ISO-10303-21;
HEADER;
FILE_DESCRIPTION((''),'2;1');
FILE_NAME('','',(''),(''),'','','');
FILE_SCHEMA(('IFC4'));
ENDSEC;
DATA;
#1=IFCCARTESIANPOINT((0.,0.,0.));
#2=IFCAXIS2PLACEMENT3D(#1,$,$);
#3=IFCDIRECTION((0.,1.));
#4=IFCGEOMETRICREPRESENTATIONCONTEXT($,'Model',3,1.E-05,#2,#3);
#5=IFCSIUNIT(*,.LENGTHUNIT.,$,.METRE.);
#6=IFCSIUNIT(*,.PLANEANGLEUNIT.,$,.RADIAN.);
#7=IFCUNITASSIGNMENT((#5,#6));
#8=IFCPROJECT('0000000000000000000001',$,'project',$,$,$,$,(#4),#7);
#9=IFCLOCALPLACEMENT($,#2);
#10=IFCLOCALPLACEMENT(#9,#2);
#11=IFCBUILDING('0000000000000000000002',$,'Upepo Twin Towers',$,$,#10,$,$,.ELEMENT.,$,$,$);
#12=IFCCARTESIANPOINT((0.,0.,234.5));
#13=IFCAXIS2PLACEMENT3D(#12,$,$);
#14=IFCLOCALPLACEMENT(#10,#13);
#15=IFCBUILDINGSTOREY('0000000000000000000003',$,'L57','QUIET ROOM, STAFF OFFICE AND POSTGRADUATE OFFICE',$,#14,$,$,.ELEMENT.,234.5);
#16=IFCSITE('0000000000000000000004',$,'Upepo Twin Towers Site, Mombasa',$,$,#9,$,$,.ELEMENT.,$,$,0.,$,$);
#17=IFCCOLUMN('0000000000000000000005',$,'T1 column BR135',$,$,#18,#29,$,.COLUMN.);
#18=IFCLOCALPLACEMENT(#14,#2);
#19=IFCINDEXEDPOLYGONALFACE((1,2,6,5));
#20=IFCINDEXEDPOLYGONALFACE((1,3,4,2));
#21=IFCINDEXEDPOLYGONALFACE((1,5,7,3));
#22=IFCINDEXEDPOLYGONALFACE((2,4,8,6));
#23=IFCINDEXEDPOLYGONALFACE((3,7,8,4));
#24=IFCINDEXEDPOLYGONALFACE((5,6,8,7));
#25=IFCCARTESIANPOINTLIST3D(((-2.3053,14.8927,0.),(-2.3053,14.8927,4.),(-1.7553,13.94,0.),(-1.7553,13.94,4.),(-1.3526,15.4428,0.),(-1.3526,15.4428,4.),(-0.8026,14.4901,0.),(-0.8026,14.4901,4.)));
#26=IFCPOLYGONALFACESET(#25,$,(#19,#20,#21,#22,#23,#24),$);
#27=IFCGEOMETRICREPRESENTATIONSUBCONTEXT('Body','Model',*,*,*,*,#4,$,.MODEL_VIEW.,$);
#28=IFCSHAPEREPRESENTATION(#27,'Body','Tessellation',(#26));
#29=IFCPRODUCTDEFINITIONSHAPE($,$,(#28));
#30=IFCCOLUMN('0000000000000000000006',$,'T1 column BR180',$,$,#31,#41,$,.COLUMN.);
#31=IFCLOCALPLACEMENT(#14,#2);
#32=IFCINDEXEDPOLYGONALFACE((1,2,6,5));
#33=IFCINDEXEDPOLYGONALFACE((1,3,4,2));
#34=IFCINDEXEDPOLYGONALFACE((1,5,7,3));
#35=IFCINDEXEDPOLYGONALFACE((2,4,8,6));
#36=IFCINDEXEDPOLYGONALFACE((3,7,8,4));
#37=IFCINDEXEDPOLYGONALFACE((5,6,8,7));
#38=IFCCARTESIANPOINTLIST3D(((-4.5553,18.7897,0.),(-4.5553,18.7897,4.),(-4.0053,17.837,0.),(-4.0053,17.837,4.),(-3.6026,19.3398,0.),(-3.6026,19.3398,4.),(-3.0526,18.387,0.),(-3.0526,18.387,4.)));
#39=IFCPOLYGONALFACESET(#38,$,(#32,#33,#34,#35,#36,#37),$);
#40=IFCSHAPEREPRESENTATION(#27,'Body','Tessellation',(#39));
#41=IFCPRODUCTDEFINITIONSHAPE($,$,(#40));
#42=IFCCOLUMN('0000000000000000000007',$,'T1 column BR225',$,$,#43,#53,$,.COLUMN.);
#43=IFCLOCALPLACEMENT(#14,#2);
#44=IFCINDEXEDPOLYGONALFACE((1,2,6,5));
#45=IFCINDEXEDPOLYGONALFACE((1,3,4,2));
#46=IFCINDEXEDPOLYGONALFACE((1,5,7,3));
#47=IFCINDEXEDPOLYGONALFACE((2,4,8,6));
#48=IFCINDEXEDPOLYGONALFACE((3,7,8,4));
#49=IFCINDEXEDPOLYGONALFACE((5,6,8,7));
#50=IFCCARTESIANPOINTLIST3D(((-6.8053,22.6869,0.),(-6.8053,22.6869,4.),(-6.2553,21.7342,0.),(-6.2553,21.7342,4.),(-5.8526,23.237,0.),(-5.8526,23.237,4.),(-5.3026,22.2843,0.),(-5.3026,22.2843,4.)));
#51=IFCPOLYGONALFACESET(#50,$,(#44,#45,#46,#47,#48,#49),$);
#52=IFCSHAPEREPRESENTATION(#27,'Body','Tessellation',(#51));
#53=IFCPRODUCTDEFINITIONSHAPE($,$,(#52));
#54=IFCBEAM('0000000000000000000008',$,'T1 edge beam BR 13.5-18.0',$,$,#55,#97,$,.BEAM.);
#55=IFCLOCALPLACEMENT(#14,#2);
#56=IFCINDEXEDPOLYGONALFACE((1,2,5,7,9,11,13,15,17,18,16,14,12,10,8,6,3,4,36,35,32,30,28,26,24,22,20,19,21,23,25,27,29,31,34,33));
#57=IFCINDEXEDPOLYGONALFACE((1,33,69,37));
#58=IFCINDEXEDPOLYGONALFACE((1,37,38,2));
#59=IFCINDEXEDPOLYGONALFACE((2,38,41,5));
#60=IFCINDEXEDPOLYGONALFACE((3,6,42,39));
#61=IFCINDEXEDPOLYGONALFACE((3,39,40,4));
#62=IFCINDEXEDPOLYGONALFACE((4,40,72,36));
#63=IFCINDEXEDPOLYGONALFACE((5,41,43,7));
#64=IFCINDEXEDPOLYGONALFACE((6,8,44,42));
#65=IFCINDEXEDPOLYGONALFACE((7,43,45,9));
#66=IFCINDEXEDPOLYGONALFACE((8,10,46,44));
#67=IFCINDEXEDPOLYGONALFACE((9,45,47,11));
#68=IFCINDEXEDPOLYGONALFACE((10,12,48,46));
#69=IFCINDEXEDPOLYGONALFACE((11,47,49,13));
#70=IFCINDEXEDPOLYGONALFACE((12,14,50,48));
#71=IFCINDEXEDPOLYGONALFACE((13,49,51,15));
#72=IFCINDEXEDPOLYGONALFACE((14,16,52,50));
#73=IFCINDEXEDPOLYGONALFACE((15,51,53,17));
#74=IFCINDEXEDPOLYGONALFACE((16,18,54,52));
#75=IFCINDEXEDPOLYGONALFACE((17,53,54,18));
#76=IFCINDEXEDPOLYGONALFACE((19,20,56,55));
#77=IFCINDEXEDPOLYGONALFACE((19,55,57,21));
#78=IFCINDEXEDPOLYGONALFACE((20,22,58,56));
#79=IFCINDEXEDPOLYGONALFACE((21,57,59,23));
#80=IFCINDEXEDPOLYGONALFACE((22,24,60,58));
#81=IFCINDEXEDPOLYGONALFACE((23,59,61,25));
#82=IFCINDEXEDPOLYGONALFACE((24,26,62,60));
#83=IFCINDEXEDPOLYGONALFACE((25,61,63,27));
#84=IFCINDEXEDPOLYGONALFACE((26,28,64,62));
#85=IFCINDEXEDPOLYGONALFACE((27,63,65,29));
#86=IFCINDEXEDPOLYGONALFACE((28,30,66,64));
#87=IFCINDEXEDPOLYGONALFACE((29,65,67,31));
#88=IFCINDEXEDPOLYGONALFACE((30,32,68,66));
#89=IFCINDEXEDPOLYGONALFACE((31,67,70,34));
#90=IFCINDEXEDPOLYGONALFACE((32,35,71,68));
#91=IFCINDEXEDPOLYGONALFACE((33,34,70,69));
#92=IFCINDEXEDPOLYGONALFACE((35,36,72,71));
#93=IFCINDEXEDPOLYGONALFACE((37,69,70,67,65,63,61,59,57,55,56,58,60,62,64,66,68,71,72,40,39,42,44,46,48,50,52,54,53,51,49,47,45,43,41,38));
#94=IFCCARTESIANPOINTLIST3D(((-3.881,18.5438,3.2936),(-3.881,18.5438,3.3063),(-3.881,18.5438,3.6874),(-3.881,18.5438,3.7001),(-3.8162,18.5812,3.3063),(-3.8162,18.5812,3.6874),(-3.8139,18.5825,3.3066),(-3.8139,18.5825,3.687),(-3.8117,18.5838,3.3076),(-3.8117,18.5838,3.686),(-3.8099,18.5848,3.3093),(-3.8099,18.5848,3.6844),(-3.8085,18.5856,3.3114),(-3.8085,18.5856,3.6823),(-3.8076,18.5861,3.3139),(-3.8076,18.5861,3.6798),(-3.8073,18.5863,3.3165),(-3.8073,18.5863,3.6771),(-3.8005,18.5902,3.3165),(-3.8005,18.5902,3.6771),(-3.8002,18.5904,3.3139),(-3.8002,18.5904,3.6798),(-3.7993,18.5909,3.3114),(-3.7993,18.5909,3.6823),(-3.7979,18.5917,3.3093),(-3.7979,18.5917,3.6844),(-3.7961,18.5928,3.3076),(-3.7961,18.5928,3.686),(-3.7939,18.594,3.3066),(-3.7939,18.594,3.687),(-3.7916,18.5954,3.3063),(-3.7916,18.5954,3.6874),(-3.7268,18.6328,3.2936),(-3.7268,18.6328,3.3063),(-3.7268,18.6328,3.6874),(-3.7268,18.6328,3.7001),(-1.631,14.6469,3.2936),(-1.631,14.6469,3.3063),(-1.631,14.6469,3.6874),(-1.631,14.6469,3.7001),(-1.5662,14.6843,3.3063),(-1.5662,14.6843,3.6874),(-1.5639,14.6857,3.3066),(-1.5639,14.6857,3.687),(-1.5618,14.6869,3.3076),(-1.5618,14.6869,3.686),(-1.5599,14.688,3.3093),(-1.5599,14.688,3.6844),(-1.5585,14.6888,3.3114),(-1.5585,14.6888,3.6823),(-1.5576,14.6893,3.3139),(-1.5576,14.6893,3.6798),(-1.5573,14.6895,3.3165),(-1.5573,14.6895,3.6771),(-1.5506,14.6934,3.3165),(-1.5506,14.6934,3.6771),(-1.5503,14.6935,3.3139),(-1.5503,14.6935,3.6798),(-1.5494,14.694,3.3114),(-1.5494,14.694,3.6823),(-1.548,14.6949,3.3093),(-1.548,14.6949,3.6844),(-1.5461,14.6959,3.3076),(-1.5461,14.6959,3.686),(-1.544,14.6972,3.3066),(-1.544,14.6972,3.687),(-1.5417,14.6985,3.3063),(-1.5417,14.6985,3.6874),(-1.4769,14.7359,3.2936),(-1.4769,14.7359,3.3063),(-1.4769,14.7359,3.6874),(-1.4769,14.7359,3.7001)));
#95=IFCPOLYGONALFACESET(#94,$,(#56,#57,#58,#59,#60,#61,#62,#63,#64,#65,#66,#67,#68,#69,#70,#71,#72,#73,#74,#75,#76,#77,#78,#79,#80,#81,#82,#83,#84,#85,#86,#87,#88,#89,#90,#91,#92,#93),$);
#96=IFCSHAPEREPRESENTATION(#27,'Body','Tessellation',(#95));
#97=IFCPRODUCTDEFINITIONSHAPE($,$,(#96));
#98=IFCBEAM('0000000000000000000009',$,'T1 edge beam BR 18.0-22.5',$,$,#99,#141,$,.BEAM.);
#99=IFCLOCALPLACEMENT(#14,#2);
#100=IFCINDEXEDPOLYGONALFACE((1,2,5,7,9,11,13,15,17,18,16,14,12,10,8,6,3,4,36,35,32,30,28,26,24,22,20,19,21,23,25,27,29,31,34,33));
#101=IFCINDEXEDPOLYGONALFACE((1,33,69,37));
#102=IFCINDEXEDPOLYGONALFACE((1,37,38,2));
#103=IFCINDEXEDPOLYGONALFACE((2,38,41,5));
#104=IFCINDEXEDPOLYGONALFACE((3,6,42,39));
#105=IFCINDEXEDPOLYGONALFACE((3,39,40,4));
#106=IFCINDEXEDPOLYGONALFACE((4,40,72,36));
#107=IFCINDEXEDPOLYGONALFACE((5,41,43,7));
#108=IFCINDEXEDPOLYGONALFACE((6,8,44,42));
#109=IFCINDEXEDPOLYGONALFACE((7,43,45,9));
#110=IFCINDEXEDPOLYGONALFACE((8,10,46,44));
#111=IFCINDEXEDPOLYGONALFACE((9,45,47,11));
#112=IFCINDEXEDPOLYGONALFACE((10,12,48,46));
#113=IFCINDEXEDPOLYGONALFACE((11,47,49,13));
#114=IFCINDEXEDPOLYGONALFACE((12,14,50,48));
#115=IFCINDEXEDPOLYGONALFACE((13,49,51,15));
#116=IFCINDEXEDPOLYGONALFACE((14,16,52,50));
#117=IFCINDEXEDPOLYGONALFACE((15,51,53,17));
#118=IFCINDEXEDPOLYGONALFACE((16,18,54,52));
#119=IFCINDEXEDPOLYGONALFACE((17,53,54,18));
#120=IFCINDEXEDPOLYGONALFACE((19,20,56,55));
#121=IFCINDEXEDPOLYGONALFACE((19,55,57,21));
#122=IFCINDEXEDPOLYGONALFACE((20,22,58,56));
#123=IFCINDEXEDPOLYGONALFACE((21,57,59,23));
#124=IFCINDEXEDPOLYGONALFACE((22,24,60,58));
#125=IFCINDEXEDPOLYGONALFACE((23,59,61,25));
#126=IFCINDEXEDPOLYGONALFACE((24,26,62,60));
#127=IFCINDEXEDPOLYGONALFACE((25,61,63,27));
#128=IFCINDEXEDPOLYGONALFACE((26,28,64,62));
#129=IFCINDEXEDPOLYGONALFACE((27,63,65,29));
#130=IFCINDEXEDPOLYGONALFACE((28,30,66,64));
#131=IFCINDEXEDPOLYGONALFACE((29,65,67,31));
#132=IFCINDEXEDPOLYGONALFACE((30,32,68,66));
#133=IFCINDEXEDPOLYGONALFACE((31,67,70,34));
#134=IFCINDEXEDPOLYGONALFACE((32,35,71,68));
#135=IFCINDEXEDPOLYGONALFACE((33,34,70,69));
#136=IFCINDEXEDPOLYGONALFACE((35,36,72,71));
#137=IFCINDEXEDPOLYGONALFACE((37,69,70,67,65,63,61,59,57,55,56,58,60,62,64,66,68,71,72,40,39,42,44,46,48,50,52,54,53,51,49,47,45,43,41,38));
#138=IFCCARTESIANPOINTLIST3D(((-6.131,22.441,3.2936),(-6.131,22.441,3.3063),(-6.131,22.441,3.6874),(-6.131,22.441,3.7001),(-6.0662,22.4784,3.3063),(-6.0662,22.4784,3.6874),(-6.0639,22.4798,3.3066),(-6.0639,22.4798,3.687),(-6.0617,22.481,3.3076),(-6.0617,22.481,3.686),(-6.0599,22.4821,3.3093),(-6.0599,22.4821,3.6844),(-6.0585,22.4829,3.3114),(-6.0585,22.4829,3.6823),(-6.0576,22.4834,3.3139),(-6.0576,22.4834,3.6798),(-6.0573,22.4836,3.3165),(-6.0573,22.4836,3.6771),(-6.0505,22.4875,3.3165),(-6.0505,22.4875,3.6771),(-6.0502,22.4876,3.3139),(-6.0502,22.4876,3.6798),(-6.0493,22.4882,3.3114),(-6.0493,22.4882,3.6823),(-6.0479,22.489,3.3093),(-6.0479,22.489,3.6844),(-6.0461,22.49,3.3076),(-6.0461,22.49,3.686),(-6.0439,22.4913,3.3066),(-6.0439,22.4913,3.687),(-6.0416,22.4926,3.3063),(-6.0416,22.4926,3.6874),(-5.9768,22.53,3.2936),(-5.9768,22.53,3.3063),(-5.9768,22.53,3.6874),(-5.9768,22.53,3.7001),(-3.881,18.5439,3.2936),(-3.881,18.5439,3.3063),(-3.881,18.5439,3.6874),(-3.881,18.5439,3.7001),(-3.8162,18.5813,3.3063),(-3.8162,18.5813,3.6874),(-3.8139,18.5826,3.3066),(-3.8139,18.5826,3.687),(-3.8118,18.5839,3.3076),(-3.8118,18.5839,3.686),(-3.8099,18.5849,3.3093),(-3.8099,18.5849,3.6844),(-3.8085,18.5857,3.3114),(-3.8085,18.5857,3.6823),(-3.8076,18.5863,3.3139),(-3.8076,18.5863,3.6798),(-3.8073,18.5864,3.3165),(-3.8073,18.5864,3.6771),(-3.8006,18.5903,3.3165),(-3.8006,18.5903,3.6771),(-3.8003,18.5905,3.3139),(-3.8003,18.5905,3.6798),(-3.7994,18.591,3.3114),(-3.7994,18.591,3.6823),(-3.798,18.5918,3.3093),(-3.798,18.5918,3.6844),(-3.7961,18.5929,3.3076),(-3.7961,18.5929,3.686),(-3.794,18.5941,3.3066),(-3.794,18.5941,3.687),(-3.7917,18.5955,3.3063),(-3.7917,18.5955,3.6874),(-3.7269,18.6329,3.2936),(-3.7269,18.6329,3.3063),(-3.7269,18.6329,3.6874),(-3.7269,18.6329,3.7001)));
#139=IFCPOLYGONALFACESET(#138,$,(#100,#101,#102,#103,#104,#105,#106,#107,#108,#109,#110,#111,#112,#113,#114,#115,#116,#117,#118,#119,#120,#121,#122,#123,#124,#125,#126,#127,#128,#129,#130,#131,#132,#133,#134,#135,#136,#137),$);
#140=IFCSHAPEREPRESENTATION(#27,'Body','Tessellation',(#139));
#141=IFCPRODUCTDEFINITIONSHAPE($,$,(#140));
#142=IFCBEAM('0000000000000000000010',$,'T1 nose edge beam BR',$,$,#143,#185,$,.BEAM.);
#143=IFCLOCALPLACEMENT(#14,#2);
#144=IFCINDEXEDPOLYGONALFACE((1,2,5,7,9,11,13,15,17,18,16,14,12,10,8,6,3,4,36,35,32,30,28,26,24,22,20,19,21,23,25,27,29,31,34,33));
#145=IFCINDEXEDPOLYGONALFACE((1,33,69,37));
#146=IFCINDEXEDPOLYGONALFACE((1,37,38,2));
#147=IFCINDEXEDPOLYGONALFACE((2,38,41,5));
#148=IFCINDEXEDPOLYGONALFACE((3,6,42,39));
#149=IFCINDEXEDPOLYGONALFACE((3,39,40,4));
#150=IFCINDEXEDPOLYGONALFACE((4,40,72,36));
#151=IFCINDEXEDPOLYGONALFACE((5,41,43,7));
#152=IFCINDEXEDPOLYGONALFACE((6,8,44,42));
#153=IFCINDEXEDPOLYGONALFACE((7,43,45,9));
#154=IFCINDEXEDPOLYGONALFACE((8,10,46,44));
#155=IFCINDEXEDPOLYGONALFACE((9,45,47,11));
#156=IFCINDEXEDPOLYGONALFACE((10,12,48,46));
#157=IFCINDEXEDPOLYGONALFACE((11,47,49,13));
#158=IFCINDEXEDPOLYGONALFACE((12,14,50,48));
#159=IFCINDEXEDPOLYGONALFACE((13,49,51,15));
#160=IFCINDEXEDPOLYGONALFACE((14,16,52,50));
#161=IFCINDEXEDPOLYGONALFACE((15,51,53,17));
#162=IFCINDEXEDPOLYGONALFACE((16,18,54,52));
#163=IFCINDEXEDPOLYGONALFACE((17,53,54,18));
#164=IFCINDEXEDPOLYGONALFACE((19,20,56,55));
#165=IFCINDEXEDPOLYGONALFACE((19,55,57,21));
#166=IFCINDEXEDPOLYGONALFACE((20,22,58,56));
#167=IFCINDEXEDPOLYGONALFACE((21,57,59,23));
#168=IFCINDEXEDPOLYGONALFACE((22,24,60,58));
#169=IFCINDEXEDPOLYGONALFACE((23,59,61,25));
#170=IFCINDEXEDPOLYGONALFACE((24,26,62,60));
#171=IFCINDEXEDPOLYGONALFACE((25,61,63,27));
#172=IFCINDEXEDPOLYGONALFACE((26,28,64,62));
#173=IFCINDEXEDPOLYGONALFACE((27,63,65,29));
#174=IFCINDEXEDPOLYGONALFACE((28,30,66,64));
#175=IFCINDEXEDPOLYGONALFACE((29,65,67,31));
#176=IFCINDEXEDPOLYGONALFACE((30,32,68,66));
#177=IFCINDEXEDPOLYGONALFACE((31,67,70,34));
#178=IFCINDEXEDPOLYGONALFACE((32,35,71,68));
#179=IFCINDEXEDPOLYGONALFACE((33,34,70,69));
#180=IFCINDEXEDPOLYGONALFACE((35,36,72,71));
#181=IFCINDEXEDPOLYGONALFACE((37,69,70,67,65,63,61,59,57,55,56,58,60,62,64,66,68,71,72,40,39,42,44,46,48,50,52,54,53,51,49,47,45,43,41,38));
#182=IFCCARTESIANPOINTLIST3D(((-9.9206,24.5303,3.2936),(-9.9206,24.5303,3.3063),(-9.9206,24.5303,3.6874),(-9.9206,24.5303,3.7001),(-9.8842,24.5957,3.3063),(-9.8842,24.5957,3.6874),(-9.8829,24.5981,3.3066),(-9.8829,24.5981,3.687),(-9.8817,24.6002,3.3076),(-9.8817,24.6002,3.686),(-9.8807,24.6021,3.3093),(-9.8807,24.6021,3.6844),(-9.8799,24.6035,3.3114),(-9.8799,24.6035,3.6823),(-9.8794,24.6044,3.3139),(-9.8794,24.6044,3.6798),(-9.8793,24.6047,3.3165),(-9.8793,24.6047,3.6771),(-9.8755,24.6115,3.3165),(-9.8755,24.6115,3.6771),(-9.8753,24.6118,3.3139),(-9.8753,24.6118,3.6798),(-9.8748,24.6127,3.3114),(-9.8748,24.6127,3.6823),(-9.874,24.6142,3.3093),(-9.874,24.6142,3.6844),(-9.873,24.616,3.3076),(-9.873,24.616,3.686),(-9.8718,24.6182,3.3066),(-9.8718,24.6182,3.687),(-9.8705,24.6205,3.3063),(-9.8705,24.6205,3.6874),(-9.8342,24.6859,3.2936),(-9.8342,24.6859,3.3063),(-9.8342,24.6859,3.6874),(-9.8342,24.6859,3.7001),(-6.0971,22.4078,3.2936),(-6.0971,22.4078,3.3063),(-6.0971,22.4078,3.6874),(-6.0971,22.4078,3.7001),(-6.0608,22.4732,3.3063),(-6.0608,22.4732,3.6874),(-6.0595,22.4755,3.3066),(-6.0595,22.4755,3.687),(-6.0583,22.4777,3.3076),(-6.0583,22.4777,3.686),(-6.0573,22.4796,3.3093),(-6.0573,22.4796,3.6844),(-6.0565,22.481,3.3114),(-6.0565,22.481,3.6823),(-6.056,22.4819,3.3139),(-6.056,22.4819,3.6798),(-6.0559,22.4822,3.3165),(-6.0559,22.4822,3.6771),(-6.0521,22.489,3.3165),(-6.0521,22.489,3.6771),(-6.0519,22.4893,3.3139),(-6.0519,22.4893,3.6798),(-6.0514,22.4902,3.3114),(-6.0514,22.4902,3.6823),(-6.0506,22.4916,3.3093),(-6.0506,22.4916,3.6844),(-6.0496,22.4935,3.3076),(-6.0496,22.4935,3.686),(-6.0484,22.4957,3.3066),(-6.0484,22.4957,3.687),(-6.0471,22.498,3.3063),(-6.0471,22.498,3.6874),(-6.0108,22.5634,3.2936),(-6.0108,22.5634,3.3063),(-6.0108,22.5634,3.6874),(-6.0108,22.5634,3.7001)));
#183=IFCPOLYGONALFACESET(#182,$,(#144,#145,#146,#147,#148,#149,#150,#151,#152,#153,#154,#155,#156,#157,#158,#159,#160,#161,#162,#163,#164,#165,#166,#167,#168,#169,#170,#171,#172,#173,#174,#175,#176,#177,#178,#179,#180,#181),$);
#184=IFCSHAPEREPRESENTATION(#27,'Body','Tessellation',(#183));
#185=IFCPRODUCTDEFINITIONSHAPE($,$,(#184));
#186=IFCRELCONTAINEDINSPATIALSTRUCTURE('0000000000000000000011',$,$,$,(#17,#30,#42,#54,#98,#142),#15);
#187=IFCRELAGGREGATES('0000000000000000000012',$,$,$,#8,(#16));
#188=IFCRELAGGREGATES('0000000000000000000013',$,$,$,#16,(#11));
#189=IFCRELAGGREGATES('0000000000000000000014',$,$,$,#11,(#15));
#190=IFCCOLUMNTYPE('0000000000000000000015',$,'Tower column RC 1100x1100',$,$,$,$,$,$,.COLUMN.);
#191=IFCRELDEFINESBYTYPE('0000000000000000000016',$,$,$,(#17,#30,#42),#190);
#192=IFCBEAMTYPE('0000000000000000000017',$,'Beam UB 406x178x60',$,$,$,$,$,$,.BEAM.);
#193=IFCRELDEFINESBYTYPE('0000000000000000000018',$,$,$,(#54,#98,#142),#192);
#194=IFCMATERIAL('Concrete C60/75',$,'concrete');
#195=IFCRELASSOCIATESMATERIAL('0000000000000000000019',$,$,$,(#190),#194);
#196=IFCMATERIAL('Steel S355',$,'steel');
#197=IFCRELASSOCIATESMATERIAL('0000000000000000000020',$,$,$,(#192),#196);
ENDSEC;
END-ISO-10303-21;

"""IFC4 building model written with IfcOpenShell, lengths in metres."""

from ifc_helpers import new_model, si_unit, direction, frame, origin, origin_2d, place, context, subcontext, project, spatial, rectangle, i_section, extrude, material, material_profile, profile_set, type_object, element, save


model = new_model("IFC4")

# Units and contexts
model_context = context("Model", 3, precision=1e-05, world=origin(), true_north=direction((0.0, 1.0)))
body_context = subcontext(model_context, "Body", "Model", "MODEL_VIEW")
ifc_project = project(units=[si_unit("LENGTHUNIT", "METRE"), si_unit("PLANEANGLEUNIT", "RADIAN")], contexts=[model_context])

# Site, building, storey
site_placement = place(None, origin())
site = spatial("IfcSite", under=ifc_project, at=site_placement, Name="Upepo Twin Towers Site, Mombasa", CompositionType="ELEMENT", RefElevation=0.0)
building_placement = place(site_placement, origin())
building = spatial("IfcBuilding", under=site, at=building_placement, Name="Upepo Twin Towers", CompositionType="ELEMENT")
storey_placement = place(building_placement, frame((0.0, 0.0, 234.5)))
storey = spatial("IfcBuildingStorey", under=building, at=storey_placement, Name="L57", Description="QUIET ROOM, STAFF OFFICE AND POSTGRADUATE OFFICE", CompositionType="ELEMENT", Elevation=234.5)

# Columns
ifc_material_1 = material(Name="Concrete C60/75", Category="concrete")
ifc_material_profile_1 = material_profile(ifc_material_1, rectangle(XDim=1.1001, YDim=1.1001, at=origin_2d()), Name="RC 1100x1100")
ifc_profile_set_1 = profile_set([ifc_material_profile_1], Name="Concrete C60/75")
column_type = type_object("IfcColumnType", Name="Tower column RC 1100x1100", PredefinedType="COLUMN", material=ifc_profile_set_1)
for number, where, z_axis, x_axis, name in (
    (1, (-1.554, 14.6914, 0.0), (0.0, 0.0, 1.0), (0.866025, 0.5, 0.0), "T1 column BR135"),
    (2, (-3.804, 18.5884, 0.0), (0.0, 0.0, 1.0), (0.866025, 0.5, 0.0), "T1 column BR180"),
    (3, (-6.054, 22.4856, 0.0), (0.0, 0.0, 1.0), (0.866025, 0.5, 0.0), "T1 column BR225"),
):
    element("IfcColumn", number, at=place(storey_placement, frame(where, z_axis=z_axis, x_axis=x_axis)), inside=storey, type_object=column_type, Name=name, PredefinedType="COLUMN", context=body_context, shape_type="SweptSolid", body=[
        extrude(rectangle(XDim=1.1001, YDim=1.1001, at=origin_2d()), origin(), (0.0, 0.0, 1.0), 4.0),
    ])

# Beams
ifc_material_2 = material(Name="Steel S355", Category="steel")
ifc_material_profile_2 = material_profile(ifc_material_2, i_section(OverallWidth=0.178, OverallDepth=0.4065, WebThickness=0.0078, FlangeThickness=0.0127, FilletRadius=0.0103, at=origin_2d()), Name="UB 406x178x60")
ifc_profile_set_2 = profile_set([ifc_material_profile_2], Name="Steel S355")
beam_type_1 = type_object("IfcBeamType", Name="Beam UB 406x178x60", PredefinedType="BEAM", material=ifc_profile_set_2)
beam_1_placement = place(storey_placement, frame((-1.554, 14.6914, 3.4968), z_axis=(-0.500014, 0.866018, 0.0), x_axis=(-0.866018, -0.500014, 0.0)))
element("IfcBeam", 4, at=beam_1_placement, inside=storey, type_object=beam_type_1, Name="T1 edge beam BR 13.5-18.0", PredefinedType="BEAM", context=body_context, shape_type="SweptSolid", body=[
    extrude(i_section(OverallWidth=0.178, OverallDepth=0.4065, WebThickness=0.0078, FlangeThickness=0.0127, FilletRadius=0.0103, at=origin_2d()), origin(), (0.0, 0.0, 1.0), 4.4998),
])
beam_2_placement = place(storey_placement, frame((-3.804, 18.5884, 3.4968), z_axis=(-0.49999, 0.866031, 0.0), x_axis=(-0.866031, -0.49999, 0.0)))
element("IfcBeam", 5, at=beam_2_placement, inside=storey, type_object=beam_type_1, Name="T1 edge beam BR 18.0-22.5", PredefinedType="BEAM", context=body_context, shape_type="SweptSolid", body=[
    extrude(i_section(OverallWidth=0.178, OverallDepth=0.4065, WebThickness=0.0078, FlangeThickness=0.0127, FilletRadius=0.0103, at=origin_2d()), origin(), (0.0, 0.0, 1.0), 4.5),
])
beam_3_placement = place(storey_placement, frame((-6.054, 22.4856, 3.4968), z_axis=(-0.874313, 0.485363, 0.0), x_axis=(-0.485363, -0.874313, 0.0)))
element("IfcBeam", 6, at=beam_3_placement, inside=storey, type_object=beam_type_1, Name="T1 nose edge beam BR", PredefinedType="BEAM", context=body_context, shape_type="SweptSolid", body=[
    extrude(i_section(OverallWidth=0.178, OverallDepth=0.4065, WebThickness=0.0078, FlangeThickness=0.0127, FilletRadius=0.0103, at=origin_2d()), origin(), (0.0, 0.0, 1.0), 4.373),
])

save(model, "model.ifc")
